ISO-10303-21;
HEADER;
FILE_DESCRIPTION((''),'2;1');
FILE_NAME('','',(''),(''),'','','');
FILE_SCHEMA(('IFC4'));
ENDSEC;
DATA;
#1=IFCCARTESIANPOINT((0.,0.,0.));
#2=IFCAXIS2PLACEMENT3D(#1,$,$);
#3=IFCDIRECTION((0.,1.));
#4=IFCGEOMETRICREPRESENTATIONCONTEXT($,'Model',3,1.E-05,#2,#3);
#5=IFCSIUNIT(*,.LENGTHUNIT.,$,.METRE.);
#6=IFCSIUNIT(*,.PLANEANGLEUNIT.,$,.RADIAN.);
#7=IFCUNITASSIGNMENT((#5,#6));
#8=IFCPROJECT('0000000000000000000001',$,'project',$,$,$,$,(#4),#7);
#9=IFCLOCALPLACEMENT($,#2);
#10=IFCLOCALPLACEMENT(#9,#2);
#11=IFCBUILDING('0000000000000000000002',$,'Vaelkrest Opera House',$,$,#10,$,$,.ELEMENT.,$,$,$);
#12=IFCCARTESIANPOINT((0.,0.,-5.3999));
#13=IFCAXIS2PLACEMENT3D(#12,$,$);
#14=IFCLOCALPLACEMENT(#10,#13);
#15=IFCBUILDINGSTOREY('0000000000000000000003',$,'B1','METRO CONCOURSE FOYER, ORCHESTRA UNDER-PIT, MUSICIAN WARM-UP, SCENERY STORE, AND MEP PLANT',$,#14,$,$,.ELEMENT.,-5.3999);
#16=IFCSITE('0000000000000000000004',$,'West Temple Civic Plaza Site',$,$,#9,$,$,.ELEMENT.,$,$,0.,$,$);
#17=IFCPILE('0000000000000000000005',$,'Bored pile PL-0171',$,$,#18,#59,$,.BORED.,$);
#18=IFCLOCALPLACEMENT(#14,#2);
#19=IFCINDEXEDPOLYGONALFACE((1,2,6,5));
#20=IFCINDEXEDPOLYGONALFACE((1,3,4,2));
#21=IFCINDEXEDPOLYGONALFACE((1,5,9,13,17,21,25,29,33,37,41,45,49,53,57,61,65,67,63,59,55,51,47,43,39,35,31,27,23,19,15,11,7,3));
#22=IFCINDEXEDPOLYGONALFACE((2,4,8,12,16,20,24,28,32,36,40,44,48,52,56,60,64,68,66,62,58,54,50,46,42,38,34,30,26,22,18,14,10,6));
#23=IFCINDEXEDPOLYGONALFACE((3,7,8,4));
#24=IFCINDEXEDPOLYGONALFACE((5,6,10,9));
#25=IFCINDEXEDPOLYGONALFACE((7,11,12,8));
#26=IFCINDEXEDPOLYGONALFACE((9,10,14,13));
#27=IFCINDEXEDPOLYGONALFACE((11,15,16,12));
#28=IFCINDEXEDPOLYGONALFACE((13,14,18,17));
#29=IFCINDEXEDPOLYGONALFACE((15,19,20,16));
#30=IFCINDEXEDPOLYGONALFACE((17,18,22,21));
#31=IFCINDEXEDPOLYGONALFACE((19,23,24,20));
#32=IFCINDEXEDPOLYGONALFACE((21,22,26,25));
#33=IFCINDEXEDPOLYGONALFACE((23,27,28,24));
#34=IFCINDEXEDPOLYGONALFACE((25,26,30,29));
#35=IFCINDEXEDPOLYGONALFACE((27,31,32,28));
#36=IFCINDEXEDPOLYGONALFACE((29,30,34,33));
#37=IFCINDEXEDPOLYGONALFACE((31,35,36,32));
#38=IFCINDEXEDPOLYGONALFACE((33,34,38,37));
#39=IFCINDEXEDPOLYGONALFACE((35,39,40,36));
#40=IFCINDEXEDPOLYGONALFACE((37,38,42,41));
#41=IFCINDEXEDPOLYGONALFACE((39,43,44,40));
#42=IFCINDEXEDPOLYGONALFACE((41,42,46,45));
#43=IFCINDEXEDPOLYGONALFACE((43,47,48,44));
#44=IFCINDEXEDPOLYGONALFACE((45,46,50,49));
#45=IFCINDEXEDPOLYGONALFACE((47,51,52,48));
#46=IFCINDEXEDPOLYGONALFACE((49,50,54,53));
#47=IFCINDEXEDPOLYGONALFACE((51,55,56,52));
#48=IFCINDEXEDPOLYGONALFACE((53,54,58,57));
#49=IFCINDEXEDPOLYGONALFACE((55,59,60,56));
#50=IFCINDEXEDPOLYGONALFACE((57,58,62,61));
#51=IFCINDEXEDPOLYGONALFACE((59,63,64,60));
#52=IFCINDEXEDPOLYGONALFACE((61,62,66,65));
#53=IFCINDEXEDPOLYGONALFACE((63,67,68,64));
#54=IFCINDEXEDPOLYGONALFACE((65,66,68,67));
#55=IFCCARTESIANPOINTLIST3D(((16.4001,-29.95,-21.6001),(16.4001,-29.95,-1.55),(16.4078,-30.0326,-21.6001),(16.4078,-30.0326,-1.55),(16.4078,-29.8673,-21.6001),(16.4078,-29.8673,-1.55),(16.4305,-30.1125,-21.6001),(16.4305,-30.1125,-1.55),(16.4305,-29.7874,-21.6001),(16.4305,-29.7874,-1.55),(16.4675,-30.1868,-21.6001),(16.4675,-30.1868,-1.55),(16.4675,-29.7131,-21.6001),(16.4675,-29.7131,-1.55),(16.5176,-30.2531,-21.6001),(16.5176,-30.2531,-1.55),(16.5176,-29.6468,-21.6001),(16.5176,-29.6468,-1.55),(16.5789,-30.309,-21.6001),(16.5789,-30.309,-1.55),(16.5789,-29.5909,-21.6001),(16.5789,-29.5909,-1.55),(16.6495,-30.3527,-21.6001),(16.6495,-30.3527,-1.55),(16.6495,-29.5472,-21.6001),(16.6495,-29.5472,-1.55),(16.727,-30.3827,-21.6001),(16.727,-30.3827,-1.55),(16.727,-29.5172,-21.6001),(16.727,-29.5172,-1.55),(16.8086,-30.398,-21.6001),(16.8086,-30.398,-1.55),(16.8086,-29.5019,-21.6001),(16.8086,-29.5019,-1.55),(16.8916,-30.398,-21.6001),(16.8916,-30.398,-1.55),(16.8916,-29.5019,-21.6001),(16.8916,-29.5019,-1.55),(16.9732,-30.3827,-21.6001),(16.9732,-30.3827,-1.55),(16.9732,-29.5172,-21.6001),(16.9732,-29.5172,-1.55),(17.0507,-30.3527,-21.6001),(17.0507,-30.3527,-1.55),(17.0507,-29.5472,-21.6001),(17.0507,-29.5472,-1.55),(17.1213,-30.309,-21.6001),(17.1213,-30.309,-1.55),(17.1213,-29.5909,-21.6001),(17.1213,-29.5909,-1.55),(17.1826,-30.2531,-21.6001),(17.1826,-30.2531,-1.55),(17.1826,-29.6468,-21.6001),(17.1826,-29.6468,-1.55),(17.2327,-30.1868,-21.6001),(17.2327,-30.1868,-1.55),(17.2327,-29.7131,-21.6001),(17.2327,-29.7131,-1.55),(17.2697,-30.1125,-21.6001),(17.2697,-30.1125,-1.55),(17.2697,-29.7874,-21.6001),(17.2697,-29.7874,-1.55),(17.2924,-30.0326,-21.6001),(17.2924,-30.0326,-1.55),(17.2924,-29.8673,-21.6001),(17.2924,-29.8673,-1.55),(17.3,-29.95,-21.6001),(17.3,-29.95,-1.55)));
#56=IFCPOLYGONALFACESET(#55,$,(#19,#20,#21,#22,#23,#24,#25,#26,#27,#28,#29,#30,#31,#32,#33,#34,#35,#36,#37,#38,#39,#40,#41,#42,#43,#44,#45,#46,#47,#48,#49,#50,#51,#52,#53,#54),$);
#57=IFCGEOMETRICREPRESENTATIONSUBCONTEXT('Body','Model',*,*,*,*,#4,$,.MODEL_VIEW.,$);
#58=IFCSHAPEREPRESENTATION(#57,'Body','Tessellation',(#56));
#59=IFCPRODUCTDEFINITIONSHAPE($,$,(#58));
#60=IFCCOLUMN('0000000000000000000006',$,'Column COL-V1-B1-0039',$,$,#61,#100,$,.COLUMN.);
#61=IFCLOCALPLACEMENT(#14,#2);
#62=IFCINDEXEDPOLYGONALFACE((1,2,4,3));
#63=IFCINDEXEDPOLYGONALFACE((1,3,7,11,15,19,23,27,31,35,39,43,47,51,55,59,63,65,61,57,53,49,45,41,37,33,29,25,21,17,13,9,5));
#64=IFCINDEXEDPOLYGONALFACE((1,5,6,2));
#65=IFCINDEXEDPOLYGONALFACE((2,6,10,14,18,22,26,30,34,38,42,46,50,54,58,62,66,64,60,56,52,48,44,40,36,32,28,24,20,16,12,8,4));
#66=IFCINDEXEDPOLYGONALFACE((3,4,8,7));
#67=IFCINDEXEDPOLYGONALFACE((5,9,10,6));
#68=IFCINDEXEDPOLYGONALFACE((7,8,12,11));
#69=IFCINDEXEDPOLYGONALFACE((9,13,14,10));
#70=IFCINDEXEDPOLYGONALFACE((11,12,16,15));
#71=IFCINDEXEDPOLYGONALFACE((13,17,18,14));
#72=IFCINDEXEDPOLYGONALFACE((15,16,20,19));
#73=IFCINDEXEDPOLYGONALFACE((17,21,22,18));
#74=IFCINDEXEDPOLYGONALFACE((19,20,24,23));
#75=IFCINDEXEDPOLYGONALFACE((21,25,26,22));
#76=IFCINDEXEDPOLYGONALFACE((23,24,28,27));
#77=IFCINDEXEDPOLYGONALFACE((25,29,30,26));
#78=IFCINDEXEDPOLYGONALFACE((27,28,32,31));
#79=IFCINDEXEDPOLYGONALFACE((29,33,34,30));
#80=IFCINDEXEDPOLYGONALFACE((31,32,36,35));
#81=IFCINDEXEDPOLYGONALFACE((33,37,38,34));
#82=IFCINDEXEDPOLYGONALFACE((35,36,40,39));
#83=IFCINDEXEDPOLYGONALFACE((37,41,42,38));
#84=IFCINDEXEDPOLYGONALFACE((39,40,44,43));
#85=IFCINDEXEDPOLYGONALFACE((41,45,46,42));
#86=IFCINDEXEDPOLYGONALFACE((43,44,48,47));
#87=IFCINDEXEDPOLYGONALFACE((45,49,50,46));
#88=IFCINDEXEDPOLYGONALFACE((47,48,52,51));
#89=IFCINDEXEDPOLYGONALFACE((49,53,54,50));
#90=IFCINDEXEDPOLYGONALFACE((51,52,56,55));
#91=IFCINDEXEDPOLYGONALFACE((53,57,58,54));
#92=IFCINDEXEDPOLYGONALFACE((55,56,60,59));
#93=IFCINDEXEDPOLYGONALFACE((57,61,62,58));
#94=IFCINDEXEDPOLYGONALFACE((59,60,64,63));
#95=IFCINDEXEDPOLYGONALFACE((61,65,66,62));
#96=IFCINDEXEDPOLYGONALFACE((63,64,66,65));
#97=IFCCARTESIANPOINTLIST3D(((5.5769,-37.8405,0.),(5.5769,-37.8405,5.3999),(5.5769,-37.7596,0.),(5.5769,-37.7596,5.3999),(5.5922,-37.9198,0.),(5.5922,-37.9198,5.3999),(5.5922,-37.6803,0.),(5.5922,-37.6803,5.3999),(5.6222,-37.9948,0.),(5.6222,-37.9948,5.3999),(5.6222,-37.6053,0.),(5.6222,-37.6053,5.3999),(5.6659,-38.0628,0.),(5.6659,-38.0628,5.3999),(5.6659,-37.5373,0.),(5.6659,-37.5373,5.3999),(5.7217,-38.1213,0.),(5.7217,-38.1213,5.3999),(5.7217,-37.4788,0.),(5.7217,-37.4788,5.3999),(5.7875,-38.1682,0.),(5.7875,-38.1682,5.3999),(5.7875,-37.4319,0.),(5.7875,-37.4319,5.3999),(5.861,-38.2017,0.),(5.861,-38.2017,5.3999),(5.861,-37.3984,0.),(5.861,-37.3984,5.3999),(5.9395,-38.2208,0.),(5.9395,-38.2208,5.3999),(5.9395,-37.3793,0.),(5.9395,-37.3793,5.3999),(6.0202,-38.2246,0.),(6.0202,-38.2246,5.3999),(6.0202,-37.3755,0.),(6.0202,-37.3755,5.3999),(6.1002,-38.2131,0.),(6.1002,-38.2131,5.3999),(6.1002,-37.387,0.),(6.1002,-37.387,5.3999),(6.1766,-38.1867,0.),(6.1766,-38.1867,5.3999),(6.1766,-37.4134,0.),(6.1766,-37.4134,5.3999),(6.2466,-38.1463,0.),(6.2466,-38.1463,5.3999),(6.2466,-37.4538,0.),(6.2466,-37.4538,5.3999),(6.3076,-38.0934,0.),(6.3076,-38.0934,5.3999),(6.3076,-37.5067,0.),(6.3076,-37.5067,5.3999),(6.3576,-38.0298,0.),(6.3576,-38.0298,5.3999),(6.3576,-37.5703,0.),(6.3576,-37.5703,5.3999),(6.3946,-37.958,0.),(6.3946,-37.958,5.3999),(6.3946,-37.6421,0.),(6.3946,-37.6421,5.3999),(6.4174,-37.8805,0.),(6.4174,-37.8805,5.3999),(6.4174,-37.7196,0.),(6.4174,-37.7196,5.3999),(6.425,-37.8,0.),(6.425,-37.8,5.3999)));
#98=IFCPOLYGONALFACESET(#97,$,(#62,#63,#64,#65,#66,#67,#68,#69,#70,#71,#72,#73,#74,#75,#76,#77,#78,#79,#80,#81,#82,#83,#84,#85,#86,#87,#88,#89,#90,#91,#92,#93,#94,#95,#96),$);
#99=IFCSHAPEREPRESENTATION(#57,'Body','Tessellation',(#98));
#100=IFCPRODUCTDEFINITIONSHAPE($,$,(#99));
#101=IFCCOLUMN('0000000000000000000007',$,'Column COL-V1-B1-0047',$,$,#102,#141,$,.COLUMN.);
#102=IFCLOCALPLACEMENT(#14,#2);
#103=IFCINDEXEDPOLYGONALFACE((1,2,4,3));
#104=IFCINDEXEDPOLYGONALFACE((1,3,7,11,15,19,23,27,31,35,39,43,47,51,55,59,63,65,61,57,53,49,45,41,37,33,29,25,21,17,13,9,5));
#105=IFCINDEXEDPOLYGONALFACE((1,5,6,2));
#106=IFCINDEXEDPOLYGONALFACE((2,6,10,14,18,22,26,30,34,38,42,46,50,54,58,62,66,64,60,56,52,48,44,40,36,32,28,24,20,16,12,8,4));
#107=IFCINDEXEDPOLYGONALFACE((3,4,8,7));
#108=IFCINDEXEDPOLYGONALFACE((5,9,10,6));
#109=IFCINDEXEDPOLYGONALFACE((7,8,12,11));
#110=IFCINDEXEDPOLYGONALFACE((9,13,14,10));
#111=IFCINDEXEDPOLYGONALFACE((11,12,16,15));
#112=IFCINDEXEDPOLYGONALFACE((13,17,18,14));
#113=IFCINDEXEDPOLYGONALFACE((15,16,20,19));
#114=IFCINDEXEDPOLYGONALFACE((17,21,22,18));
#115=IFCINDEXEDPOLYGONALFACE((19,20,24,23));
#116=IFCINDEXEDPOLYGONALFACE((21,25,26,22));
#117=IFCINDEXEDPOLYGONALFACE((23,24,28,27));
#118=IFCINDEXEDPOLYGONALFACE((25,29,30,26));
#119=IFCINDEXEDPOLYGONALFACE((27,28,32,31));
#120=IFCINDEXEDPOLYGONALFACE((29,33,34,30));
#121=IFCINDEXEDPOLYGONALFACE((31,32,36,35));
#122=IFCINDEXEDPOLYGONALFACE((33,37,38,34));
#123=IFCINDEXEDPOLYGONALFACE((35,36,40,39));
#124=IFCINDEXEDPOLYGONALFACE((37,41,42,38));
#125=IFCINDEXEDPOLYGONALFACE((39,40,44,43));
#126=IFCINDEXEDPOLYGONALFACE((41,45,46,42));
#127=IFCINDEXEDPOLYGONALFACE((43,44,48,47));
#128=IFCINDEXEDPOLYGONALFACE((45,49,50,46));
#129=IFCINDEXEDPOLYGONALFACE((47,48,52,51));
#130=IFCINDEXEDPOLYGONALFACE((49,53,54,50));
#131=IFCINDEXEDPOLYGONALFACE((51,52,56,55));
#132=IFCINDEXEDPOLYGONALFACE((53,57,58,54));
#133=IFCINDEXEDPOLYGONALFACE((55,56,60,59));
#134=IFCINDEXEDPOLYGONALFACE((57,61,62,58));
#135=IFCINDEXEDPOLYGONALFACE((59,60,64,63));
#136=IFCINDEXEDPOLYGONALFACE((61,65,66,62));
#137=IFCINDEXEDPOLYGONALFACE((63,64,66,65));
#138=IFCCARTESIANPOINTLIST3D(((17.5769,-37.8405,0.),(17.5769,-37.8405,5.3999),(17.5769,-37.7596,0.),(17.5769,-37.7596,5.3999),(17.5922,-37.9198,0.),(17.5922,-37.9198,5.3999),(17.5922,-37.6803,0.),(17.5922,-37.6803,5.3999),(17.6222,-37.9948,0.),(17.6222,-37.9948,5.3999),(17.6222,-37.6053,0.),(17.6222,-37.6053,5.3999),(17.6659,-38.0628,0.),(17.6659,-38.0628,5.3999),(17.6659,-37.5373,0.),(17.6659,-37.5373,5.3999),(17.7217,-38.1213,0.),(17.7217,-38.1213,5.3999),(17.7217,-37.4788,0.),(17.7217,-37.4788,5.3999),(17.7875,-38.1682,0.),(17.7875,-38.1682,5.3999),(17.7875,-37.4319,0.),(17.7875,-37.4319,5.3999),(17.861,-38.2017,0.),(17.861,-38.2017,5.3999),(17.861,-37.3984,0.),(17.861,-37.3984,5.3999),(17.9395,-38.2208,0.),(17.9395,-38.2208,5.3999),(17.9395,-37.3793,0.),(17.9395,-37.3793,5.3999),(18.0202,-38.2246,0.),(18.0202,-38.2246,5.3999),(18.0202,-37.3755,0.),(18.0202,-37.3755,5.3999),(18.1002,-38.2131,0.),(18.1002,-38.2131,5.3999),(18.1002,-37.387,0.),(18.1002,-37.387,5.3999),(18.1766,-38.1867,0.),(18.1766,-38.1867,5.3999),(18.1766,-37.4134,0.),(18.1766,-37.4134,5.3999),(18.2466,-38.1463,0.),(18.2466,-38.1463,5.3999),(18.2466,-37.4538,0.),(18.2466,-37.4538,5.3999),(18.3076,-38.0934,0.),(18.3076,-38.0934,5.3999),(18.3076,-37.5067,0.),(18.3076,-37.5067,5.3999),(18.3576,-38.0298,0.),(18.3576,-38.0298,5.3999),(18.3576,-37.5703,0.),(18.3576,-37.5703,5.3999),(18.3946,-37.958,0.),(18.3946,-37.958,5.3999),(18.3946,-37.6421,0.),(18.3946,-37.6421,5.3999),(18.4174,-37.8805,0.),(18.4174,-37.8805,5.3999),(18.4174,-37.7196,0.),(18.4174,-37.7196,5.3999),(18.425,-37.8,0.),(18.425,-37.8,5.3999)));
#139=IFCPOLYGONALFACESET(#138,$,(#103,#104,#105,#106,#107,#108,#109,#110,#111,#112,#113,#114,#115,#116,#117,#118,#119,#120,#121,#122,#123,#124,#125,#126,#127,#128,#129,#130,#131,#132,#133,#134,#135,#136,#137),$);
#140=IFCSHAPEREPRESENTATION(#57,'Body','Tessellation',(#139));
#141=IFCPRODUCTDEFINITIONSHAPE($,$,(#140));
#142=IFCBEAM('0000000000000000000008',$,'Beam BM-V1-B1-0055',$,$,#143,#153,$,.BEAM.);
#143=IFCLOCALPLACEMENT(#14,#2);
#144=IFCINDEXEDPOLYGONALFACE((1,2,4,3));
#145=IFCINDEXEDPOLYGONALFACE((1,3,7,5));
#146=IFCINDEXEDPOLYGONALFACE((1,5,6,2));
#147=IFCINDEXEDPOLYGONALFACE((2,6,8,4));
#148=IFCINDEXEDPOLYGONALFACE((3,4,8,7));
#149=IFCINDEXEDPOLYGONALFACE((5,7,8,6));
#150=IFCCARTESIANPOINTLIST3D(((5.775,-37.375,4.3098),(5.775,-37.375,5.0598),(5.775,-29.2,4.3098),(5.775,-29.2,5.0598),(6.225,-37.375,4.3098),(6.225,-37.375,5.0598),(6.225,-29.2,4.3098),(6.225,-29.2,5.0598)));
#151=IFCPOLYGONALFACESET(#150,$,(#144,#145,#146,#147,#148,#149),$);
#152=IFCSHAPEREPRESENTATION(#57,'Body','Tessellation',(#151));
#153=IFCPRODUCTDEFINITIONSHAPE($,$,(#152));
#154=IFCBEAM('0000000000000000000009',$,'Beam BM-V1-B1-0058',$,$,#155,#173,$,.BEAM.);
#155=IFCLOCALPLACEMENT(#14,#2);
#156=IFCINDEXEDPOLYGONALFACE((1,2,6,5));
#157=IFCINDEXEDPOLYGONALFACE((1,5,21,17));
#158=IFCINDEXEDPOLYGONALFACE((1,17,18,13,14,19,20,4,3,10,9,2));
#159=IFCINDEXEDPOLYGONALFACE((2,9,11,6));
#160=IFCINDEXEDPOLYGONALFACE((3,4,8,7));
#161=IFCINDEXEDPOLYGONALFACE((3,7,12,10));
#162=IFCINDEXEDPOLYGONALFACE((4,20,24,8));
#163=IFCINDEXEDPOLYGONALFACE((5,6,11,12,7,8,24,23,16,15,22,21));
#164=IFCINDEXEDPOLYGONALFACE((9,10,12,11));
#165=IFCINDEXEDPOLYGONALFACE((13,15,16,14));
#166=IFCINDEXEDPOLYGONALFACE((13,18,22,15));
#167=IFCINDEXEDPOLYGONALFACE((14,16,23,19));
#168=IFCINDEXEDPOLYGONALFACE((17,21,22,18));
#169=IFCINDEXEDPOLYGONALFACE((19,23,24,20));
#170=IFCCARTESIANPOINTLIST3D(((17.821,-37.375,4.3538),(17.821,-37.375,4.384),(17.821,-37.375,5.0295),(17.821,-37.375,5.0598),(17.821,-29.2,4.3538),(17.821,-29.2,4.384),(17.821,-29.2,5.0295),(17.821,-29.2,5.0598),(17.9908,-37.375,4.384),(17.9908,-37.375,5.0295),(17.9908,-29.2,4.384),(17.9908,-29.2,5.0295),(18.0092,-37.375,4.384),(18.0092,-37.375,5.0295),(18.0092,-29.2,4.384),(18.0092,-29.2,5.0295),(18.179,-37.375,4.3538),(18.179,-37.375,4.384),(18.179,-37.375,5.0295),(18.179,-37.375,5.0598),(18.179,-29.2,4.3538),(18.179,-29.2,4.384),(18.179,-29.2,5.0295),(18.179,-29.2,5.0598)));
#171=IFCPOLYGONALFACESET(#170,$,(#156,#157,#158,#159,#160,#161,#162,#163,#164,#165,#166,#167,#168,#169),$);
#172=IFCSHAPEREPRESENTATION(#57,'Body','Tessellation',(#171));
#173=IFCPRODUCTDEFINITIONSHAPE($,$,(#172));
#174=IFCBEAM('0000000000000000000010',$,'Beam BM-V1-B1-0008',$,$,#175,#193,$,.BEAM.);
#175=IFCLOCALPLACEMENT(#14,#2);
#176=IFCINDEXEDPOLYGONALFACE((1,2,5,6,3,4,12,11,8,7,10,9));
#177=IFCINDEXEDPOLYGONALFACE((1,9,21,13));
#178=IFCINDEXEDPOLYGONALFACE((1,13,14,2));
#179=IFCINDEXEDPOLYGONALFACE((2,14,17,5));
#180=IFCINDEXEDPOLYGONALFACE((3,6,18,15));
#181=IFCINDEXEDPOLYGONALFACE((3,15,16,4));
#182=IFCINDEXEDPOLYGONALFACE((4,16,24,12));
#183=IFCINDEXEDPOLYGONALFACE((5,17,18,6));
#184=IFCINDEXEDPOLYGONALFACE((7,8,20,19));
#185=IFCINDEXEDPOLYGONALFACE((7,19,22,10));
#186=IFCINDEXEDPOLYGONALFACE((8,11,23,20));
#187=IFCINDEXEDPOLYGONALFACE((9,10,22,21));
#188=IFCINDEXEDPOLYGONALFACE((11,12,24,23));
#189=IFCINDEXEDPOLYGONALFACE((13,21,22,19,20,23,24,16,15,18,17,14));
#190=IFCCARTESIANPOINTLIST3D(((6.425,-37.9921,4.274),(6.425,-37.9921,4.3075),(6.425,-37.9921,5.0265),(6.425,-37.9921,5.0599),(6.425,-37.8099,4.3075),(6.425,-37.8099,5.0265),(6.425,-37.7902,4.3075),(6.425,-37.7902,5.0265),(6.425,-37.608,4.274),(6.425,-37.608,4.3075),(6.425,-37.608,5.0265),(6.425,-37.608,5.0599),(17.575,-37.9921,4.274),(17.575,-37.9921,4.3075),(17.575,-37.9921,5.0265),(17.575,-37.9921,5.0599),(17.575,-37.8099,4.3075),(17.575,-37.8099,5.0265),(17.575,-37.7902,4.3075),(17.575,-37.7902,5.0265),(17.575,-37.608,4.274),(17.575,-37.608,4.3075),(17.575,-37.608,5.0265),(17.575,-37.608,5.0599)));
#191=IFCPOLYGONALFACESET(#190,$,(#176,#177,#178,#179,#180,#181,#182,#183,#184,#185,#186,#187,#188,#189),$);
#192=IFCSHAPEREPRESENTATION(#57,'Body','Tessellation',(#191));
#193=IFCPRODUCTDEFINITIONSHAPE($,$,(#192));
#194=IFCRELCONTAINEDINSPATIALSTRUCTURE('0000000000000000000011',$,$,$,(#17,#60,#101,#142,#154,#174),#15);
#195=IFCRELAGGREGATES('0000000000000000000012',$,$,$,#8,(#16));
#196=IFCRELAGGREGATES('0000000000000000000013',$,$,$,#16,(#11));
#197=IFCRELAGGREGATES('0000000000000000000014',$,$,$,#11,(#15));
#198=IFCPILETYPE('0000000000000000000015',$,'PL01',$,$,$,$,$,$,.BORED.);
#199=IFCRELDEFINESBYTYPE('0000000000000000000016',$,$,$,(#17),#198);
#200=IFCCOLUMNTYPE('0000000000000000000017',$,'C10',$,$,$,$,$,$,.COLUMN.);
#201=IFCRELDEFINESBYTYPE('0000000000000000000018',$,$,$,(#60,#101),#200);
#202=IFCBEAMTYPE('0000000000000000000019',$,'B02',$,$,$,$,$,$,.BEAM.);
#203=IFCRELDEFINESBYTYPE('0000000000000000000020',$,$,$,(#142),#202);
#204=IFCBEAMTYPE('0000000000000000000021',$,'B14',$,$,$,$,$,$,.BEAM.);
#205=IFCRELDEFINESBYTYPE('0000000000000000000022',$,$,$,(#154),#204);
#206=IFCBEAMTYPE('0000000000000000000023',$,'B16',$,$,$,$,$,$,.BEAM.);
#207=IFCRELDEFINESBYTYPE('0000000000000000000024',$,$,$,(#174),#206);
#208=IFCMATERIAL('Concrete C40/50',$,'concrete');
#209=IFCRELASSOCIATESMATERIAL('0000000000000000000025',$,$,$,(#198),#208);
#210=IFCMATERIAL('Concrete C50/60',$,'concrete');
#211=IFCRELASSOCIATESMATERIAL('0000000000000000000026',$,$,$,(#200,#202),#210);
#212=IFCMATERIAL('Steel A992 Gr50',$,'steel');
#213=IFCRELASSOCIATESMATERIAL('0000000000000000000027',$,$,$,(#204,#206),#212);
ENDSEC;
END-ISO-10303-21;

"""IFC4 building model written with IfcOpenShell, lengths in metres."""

from ifc_helpers import new_model, si_unit, direction, frame, origin, origin_2d, place, context, subcontext, project, spatial, rectangle, circle, i_section, extrude, material, material_profile, profile_set, type_object, element, save


model = new_model("IFC4")

# Units and contexts
model_context = context("Model", 3, precision=1e-05, world=origin(), true_north=direction((0.0, 1.0)))
body_context = subcontext(model_context, "Body", "Model", "MODEL_VIEW")
ifc_project = project(units=[si_unit("LENGTHUNIT", "METRE"), si_unit("PLANEANGLEUNIT", "RADIAN")], contexts=[model_context])

# Site, building, storey
site_placement = place(None, origin())
site = spatial("IfcSite", under=ifc_project, at=site_placement, Name="West Temple Civic Plaza Site", CompositionType="ELEMENT", RefElevation=0.0)
building_placement = place(site_placement, origin())
building = spatial("IfcBuilding", under=site, at=building_placement, Name="Vaelkrest Opera House", CompositionType="ELEMENT")
storey_placement = place(building_placement, frame((0.0, 0.0, -5.3999)))
storey = spatial("IfcBuildingStorey", under=building, at=storey_placement, Name="B1", Description="METRO CONCOURSE FOYER, ORCHESTRA UNDER-PIT, MUSICIAN WARM-UP, SCENERY STORE, AND MEP PLANT", CompositionType="ELEMENT", Elevation=-5.3999)

# Shared definitions
ifc_material_1 = material(Name="Concrete C40/50", Category="concrete")

# Pile
ifc_material_profile_1 = material_profile(ifc_material_1, circle(Radius=0.45, at=origin_2d()), Name="PILE900")
ifc_profile_set_1 = profile_set([ifc_material_profile_1], Name="Concrete C40/50")
pile_type = type_object("IfcPileType", Name="PL01", PredefinedType="BORED", material=ifc_profile_set_1)
pile_1_placement = place(storey_placement, frame((16.8501, -29.95, -1.55), z_axis=(0.0, 0.0, -1.0), x_axis=(1.0, 0.0, 0.0)))
element("IfcPile", 1, at=pile_1_placement, inside=storey, type_object=pile_type, Name="Bored pile PL-0171", PredefinedType="BORED", context=body_context, shape_type="SweptSolid", body=[
    extrude(circle(Radius=0.45, at=origin_2d()), origin(), (0.0, 0.0, 1.0), 20.05),
])

# Columns
ifc_material_2 = material(Name="Concrete C50/60", Category="concrete")
ifc_material_profile_2 = material_profile(ifc_material_2, circle(Radius=0.425, at=origin_2d()), Name="RCD850")
ifc_profile_set_2 = profile_set([ifc_material_profile_2], Name="Concrete C50/60")
column_type = type_object("IfcColumnType", Name="C10", PredefinedType="COLUMN", material=ifc_profile_set_2)
for number, where, z_axis, x_axis, name in (
    (2, (6.0, -37.8, 0.0), (0.0, 0.0, 1.0), (1.0, 0.0, 0.0), "Column COL-V1-B1-0039"),
    (3, (18.0, -37.8, 0.0), (0.0, 0.0, 1.0), (1.0, 0.0, 0.0), "Column COL-V1-B1-0047"),
):
    element("IfcColumn", number, at=place(storey_placement, frame(where, z_axis=z_axis, x_axis=x_axis)), inside=storey, type_object=column_type, Name=name, PredefinedType="COLUMN", context=body_context, shape_type="SweptSolid", body=[
        extrude(circle(Radius=0.425, at=origin_2d()), origin(), (0.0, 0.0, 1.0), 5.3999),
    ])

# Beams
ifc_material_profile_3 = material_profile(ifc_material_2, rectangle(XDim=0.45, YDim=0.75, at=origin_2d()), Name="RCB450X750")
ifc_profile_set_3 = profile_set([ifc_material_profile_3], Name="Concrete C50/60")
beam_type_1 = type_object("IfcBeamType", Name="B02", PredefinedType="BEAM", material=ifc_profile_set_3)
beam_1_placement = place(storey_placement, frame((6.0, -37.375, 4.6848), z_axis=(0.0, 1.0, 0.0), x_axis=(-1.0, 0.0, 0.0)))
element("IfcBeam", 4, at=beam_1_placement, inside=storey, type_object=beam_type_1, Name="Beam BM-V1-B1-0055", PredefinedType="BEAM", context=body_context, shape_type="SweptSolid", body=[
    extrude(rectangle(XDim=0.45, YDim=0.75, at=origin_2d()), origin(), (0.0, 0.0, 1.0), 8.175),
])
ifc_material_3 = material(Name="Steel A992 Gr50", Category="steel")
ifc_material_profile_4 = material_profile(ifc_material_3, i_section(OverallWidth=0.3579, OverallDepth=0.7061, WebThickness=0.0183, FlangeThickness=0.0303, at=origin_2d()), Name="W27X178")
ifc_profile_set_4 = profile_set([ifc_material_profile_4], Name="Steel A992 Gr50")
beam_type_2 = type_object("IfcBeamType", Name="B14", PredefinedType="BEAM", material=ifc_profile_set_4)
beam_2_placement = place(storey_placement, frame((18.0, -37.375, 4.7068), z_axis=(0.0, 1.0, 0.0), x_axis=(-1.0, 0.0, 0.0)))
element("IfcBeam", 5, at=beam_2_placement, inside=storey, type_object=beam_type_2, Name="Beam BM-V1-B1-0058", PredefinedType="BEAM", context=body_context, shape_type="SweptSolid", body=[
    extrude(i_section(OverallWidth=0.3579, OverallDepth=0.7061, WebThickness=0.0183, FlangeThickness=0.0303, at=origin_2d()), origin(), (0.0, 0.0, 1.0), 8.175),
])
ifc_material_profile_5 = material_profile(ifc_material_3, i_section(OverallWidth=0.384, OverallDepth=0.7859, WebThickness=0.0198, FlangeThickness=0.0334, at=origin_2d()), Name="W30X211")
ifc_profile_set_5 = profile_set([ifc_material_profile_5], Name="Steel A992 Gr50")
beam_type_3 = type_object("IfcBeamType", Name="B16", PredefinedType="BEAM", material=ifc_profile_set_5)
beam_3_placement = place(storey_placement, frame((6.425, -37.8, 4.667), z_axis=(1.0, 0.0, 0.0), x_axis=(0.0, 1.0, 0.0)))
element("IfcBeam", 6, at=beam_3_placement, inside=storey, type_object=beam_type_3, Name="Beam BM-V1-B1-0008", PredefinedType="BEAM", context=body_context, shape_type="SweptSolid", body=[
    extrude(i_section(OverallWidth=0.384, OverallDepth=0.7859, WebThickness=0.0198, FlangeThickness=0.0334, at=origin_2d()), origin(), (0.0, 0.0, 1.0), 11.1499),
])

save(model, "model.ifc")
